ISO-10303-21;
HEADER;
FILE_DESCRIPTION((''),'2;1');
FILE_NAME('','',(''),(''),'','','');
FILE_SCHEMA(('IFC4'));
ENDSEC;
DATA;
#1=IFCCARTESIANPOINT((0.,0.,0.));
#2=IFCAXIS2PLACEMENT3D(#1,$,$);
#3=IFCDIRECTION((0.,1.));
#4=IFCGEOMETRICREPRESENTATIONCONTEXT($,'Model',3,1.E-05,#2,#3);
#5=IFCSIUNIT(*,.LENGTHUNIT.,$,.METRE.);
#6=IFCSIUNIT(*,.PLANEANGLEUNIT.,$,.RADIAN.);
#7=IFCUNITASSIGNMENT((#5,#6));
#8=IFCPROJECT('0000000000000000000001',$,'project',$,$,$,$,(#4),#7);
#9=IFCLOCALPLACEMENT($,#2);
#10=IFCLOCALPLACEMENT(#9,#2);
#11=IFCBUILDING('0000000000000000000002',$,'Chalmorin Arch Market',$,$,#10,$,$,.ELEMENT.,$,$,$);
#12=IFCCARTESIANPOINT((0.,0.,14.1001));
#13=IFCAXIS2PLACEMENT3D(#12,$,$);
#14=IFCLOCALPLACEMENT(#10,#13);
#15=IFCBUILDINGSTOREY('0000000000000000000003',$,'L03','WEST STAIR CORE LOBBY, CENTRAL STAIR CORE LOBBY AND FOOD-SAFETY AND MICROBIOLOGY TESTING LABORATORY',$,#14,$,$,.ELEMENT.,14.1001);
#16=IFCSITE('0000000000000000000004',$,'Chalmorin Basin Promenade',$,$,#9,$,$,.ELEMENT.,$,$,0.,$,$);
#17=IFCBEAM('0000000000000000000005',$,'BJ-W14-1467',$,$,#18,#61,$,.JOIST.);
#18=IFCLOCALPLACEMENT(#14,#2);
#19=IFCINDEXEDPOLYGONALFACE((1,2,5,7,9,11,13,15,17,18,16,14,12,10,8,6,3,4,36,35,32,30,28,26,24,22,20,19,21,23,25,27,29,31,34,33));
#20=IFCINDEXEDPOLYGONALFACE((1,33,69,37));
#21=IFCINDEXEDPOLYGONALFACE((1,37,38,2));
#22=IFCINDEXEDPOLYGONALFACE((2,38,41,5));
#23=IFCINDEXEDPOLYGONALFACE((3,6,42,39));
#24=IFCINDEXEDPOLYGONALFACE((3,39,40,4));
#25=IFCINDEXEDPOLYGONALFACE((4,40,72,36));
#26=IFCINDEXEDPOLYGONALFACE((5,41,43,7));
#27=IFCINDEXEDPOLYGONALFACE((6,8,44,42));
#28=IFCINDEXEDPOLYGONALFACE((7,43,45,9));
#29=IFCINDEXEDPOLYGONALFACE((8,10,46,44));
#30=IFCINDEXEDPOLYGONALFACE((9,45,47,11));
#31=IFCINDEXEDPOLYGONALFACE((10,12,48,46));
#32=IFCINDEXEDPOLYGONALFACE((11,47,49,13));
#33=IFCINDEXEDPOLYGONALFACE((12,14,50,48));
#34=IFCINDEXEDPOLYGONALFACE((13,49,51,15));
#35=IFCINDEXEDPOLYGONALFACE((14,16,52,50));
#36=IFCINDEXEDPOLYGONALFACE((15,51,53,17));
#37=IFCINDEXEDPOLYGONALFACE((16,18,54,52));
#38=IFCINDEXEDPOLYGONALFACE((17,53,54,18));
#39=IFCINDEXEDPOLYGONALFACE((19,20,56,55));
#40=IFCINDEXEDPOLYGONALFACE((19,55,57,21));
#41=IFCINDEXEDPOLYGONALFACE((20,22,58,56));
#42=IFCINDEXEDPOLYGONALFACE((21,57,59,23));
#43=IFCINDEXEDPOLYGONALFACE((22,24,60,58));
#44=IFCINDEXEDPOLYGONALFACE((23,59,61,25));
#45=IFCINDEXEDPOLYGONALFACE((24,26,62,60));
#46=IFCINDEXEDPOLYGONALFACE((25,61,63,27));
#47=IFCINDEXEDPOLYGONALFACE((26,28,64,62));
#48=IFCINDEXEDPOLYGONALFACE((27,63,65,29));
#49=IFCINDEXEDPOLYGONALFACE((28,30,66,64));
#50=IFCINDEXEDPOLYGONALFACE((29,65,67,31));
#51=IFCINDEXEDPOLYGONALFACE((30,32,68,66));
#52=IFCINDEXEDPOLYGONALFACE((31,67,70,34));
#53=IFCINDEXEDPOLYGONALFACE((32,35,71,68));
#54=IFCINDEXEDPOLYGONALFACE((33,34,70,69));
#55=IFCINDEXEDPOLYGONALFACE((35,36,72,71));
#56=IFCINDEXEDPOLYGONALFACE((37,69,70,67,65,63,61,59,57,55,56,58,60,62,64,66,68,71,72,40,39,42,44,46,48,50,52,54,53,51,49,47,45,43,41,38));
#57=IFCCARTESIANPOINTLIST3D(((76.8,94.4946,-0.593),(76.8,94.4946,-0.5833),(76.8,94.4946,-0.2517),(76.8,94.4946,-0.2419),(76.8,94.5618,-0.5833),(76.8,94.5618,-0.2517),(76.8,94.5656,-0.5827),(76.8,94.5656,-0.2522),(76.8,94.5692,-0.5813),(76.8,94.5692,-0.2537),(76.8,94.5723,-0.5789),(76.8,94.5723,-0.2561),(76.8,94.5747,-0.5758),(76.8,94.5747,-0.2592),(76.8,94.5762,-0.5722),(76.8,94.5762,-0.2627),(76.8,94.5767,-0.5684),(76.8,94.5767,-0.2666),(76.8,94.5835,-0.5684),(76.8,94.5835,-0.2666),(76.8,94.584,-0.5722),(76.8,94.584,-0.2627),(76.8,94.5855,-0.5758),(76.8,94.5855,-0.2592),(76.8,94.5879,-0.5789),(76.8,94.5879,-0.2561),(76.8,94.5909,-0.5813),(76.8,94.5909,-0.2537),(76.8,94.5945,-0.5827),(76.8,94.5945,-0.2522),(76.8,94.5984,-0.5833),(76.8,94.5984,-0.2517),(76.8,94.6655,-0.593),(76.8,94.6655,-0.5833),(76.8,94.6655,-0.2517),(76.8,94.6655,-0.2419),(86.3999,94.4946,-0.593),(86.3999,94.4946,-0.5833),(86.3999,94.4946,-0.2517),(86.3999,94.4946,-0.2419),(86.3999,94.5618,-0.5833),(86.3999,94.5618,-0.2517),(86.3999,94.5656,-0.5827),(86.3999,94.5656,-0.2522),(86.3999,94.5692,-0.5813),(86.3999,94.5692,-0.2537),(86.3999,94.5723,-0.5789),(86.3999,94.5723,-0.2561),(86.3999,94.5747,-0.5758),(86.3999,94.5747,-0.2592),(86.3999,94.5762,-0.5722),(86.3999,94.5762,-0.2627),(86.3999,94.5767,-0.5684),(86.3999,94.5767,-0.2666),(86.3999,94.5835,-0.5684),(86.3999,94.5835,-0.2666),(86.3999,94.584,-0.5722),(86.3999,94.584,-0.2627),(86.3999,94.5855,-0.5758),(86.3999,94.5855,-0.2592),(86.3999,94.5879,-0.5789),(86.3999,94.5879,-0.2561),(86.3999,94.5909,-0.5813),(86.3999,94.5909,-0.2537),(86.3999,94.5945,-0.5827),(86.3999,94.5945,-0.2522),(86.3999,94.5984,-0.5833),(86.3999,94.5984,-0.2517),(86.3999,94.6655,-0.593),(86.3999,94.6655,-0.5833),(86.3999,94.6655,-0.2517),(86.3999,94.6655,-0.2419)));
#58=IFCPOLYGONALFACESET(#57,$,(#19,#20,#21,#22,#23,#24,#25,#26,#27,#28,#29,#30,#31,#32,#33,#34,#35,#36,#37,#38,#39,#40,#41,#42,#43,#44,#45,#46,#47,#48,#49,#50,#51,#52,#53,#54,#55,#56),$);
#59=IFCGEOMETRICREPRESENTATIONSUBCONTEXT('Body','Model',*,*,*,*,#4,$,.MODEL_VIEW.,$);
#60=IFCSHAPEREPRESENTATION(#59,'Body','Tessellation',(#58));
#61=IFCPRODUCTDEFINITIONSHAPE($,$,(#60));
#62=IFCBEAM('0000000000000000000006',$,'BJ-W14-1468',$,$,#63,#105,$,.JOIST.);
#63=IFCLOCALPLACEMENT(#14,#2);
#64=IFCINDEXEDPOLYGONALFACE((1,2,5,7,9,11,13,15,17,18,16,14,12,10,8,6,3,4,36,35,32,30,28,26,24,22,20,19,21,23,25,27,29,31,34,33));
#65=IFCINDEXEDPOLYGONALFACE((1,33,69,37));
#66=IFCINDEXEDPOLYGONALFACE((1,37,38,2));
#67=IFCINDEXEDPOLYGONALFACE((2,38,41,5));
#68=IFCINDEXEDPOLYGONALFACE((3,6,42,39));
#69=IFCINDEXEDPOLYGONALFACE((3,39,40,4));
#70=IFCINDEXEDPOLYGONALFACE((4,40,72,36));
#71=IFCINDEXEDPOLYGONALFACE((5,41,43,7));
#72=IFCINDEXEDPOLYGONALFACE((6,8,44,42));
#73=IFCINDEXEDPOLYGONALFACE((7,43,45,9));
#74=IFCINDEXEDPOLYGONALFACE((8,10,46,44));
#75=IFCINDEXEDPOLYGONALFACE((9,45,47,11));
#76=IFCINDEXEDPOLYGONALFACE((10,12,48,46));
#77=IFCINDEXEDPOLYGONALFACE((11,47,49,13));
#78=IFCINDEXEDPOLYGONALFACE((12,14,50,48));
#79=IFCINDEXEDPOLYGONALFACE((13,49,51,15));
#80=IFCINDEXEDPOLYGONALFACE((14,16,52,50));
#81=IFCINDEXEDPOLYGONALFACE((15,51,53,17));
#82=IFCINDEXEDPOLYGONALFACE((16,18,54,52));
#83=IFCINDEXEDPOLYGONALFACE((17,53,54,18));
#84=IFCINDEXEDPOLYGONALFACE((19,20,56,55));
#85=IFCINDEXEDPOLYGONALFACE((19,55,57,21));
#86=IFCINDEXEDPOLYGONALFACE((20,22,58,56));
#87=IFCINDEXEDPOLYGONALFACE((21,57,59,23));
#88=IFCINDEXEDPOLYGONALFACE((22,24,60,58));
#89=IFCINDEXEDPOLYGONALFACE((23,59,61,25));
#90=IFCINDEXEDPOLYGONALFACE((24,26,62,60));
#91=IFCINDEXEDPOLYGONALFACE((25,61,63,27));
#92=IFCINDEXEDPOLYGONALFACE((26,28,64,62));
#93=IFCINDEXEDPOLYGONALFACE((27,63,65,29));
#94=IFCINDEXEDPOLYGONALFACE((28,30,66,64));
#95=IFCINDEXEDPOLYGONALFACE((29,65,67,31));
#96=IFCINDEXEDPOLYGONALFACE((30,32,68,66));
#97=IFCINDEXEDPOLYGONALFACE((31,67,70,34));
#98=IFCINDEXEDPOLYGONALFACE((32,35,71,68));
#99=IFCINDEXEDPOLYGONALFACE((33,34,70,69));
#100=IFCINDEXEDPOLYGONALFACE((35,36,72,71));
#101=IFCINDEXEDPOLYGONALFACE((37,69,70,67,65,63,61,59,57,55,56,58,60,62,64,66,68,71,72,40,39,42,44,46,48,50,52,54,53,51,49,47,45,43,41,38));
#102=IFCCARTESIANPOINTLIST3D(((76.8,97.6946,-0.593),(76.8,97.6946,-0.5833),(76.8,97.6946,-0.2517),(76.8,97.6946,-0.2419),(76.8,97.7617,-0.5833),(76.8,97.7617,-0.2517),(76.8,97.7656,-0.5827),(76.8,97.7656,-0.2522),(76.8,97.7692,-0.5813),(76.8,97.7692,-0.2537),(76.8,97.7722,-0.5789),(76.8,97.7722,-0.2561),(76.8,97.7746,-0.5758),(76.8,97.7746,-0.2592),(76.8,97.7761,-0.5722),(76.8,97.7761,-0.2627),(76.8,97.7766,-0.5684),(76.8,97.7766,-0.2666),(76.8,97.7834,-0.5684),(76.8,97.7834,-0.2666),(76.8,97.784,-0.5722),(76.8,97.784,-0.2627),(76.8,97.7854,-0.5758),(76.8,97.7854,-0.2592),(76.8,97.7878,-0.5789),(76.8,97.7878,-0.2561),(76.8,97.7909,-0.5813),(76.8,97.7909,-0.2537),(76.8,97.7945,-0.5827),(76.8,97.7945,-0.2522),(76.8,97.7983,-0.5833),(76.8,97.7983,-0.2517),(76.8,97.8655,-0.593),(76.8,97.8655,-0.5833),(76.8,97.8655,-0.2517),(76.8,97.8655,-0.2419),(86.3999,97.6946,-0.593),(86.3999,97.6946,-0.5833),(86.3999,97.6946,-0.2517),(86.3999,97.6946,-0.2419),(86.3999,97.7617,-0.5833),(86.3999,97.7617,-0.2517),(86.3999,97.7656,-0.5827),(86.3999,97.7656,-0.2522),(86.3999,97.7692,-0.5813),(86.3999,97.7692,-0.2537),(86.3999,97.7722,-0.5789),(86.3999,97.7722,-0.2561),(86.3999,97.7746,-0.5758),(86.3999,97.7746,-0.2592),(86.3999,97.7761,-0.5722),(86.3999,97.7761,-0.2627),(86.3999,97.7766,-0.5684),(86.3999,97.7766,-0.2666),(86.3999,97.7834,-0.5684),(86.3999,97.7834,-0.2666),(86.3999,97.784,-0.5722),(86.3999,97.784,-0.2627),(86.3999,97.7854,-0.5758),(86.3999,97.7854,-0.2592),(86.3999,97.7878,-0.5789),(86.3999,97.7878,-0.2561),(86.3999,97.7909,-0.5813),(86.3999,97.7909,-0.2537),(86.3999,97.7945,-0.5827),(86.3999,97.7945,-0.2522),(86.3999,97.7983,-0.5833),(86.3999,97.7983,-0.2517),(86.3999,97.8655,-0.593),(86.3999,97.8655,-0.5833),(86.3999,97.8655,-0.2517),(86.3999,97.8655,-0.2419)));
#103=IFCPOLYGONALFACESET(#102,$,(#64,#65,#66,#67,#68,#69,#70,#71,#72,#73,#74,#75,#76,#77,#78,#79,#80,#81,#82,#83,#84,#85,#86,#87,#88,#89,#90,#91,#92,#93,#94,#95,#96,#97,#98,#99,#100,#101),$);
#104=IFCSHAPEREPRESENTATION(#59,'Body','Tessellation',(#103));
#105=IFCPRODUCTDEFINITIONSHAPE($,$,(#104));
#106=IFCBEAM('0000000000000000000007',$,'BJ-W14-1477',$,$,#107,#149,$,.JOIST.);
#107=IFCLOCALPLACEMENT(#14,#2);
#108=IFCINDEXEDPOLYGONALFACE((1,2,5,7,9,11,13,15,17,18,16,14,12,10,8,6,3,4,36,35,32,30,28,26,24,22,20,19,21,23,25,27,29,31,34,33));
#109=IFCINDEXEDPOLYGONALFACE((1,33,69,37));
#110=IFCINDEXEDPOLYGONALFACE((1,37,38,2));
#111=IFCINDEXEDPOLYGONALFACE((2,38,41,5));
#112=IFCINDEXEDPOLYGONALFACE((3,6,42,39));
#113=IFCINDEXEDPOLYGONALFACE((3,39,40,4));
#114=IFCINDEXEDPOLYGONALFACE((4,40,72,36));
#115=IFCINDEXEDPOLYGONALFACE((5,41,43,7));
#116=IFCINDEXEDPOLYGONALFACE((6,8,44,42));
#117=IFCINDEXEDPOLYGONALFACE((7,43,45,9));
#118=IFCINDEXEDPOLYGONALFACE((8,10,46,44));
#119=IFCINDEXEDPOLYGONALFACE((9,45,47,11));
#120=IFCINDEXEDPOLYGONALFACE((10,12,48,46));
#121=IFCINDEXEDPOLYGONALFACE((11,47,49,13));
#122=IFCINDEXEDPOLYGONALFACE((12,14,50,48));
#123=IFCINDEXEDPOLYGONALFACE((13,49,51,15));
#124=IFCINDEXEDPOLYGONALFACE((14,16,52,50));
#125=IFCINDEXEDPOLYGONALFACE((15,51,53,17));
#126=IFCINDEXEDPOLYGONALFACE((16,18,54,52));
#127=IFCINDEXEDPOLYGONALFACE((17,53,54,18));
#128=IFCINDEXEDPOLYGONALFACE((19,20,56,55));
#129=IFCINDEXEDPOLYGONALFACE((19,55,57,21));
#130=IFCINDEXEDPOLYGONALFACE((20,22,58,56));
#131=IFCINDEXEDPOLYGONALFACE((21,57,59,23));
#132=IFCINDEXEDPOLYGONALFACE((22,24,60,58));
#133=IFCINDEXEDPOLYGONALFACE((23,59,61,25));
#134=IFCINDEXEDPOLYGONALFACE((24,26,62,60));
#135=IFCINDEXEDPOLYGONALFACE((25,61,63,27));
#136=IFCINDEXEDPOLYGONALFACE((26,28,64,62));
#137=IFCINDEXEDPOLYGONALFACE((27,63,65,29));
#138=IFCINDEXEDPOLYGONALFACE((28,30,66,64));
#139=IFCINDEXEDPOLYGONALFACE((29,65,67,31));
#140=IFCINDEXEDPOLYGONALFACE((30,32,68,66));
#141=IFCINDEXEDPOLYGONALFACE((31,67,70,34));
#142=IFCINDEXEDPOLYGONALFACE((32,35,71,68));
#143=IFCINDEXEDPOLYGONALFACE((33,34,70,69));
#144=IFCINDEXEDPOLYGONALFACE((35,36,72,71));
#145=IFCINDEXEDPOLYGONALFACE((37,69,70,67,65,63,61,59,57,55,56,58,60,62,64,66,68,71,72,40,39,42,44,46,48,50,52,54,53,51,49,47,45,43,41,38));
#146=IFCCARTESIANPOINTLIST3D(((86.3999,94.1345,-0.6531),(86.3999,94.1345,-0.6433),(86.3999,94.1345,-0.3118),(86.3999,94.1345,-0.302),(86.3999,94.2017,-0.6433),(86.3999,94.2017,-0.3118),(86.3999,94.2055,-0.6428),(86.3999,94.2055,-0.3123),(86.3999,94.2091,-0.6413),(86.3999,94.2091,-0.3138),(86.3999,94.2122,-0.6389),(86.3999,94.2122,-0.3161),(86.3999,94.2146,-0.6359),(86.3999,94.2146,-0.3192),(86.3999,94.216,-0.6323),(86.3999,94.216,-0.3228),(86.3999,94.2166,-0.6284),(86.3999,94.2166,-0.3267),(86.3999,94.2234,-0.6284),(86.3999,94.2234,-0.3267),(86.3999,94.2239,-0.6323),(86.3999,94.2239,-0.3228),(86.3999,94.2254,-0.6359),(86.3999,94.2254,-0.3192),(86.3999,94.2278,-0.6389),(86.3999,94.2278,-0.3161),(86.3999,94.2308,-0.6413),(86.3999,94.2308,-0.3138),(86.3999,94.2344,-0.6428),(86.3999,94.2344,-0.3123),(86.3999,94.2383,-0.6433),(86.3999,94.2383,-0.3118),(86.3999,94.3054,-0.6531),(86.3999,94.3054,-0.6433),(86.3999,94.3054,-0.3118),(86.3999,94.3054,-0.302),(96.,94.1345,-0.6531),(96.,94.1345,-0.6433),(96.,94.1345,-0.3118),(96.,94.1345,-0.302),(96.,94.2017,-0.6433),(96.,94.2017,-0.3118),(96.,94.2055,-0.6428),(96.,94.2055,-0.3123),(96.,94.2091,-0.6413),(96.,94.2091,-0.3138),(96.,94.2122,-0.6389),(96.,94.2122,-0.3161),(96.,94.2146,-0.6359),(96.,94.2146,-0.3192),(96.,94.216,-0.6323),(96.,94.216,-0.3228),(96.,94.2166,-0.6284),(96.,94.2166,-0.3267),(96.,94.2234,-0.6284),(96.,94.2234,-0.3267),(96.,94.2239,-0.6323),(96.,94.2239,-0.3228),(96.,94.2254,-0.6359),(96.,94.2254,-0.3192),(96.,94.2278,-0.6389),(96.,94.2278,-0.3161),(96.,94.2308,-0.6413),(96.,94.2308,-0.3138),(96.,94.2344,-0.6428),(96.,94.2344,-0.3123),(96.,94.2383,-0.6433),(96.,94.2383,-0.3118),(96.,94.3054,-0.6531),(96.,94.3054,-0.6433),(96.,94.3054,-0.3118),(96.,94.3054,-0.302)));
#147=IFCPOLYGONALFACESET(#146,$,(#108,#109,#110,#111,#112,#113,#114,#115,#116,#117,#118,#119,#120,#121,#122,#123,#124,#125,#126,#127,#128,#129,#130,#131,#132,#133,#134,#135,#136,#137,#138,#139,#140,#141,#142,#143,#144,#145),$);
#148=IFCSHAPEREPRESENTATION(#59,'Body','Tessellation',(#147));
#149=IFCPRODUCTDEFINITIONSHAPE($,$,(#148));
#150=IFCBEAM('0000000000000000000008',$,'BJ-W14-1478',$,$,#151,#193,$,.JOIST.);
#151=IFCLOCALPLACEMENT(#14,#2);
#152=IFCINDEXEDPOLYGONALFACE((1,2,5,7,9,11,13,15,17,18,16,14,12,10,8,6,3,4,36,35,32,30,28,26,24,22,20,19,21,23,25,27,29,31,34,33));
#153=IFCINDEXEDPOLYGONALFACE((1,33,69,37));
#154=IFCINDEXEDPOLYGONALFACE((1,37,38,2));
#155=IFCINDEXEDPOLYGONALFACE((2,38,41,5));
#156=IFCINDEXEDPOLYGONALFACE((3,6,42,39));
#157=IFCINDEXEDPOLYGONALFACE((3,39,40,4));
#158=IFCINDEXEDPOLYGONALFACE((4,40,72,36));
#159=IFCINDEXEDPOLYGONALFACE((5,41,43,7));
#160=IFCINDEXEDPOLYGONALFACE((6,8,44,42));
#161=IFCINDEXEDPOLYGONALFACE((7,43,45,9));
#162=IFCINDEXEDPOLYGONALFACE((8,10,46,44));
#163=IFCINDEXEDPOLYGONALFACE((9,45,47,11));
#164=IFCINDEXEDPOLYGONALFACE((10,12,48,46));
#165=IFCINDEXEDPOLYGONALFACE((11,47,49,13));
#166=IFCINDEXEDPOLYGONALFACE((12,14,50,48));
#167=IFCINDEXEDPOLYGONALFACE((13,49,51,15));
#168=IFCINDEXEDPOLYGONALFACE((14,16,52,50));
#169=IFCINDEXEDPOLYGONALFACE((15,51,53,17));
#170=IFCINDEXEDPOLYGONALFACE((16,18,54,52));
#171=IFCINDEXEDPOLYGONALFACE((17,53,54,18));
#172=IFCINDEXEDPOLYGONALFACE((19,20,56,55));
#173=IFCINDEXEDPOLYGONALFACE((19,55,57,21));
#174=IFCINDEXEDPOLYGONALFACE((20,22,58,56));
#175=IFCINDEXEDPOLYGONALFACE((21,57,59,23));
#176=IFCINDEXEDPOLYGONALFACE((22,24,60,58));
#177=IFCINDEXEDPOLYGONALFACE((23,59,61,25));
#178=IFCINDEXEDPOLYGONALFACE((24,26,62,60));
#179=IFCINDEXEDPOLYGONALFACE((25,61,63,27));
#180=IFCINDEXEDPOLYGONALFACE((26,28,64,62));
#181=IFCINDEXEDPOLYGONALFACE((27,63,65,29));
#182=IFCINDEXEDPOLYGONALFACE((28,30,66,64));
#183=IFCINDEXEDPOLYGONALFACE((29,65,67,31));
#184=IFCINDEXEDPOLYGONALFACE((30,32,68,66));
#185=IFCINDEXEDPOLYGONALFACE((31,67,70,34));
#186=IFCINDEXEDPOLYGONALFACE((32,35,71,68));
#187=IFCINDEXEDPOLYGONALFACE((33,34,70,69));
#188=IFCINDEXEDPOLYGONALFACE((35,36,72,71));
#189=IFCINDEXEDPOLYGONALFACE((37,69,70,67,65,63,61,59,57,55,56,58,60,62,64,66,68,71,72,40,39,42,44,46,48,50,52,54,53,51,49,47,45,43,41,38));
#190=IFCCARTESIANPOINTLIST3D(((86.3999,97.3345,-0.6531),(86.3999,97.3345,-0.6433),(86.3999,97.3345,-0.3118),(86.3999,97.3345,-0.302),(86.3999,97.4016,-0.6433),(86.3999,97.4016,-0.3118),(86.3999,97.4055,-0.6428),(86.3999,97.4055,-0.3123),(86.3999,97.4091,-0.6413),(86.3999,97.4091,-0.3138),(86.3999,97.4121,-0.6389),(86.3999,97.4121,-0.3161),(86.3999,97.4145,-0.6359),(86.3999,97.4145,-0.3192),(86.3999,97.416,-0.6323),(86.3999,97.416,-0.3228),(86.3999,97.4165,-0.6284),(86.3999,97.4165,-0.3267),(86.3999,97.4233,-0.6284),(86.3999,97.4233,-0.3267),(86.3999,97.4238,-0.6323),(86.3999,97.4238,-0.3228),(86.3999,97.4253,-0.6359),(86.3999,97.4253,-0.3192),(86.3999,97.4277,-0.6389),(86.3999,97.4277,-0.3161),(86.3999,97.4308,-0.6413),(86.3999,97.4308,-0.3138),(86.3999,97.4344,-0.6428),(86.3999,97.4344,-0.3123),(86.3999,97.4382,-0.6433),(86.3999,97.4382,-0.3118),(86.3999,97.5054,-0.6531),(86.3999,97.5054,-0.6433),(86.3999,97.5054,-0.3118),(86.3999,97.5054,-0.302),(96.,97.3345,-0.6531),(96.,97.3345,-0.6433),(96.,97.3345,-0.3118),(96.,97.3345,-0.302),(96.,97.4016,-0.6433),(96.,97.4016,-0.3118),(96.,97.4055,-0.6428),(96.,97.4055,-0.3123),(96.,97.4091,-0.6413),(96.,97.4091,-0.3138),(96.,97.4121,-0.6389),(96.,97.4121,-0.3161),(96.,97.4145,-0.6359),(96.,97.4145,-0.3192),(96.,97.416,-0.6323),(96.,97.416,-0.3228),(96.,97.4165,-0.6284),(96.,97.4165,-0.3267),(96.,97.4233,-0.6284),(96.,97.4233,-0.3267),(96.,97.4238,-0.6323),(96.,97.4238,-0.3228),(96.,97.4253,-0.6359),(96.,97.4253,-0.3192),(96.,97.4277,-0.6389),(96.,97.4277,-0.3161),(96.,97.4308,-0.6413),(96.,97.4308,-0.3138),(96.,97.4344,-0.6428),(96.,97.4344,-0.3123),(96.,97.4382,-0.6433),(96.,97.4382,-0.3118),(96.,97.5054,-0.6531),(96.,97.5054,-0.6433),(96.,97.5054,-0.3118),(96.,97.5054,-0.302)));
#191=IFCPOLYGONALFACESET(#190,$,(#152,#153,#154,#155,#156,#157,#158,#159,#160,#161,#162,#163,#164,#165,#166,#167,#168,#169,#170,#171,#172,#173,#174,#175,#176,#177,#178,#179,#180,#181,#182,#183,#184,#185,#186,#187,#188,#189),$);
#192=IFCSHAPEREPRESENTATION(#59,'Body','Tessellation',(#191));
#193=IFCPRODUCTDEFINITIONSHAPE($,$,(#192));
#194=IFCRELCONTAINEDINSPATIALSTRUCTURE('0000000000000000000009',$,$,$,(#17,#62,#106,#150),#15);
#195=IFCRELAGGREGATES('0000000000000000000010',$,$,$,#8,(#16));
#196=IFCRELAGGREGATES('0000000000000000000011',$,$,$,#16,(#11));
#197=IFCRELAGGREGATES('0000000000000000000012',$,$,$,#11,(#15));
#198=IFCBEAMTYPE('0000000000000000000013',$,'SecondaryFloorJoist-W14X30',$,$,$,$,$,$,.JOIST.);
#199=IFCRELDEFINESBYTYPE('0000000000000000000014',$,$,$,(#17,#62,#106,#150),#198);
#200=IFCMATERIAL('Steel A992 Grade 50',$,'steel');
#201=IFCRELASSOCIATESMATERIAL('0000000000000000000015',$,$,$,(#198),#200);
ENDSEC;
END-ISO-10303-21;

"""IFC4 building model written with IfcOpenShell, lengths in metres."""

from ifc_helpers import new_model, si_unit, direction, frame, origin, origin_2d, place, context, subcontext, project, spatial, i_section, extrude, material, material_profile, profile_set, type_object, element, save


model = new_model("IFC4")

# Units and contexts
model_context = context("Model", 3, precision=1e-05, world=origin(), true_north=direction((0.0, 1.0)))
body_context = subcontext(model_context, "Body", "Model", "MODEL_VIEW")
ifc_project = project(units=[si_unit("LENGTHUNIT", "METRE"), si_unit("PLANEANGLEUNIT", "RADIAN")], contexts=[model_context])

# Site, building, storey
site_placement = place(None, origin())
site = spatial("IfcSite", under=ifc_project, at=site_placement, Name="Chalmorin Basin Promenade", CompositionType="ELEMENT", RefElevation=0.0)
building_placement = place(site_placement, origin())
building = spatial("IfcBuilding", under=site, at=building_placement, Name="Chalmorin Arch Market", CompositionType="ELEMENT")
storey_placement = place(building_placement, frame((0.0, 0.0, 14.1001)))
storey = spatial("IfcBuildingStorey", under=building, at=storey_placement, Name="L03", Description="WEST STAIR CORE LOBBY, CENTRAL STAIR CORE LOBBY AND FOOD-SAFETY AND MICROBIOLOGY TESTING LABORATORY", CompositionType="ELEMENT", Elevation=14.1001)

# Shared definitions
ifc_material_1 = material(Name="Steel A992 Grade 50", Category="steel")

# Beams
ifc_material_profile_1 = material_profile(ifc_material_1, i_section(OverallWidth=0.1709, OverallDepth=0.3511, WebThickness=0.0068, FlangeThickness=0.0098, FilletRadius=0.0149, at=origin_2d()), Name="W14X30")
ifc_profile_set_1 = profile_set([ifc_material_profile_1], Name="Steel A992 Grade 50")
beam_type_1 = type_object("IfcBeamType", Name="SecondaryFloorJoist-W14X30", PredefinedType="JOIST", material=ifc_profile_set_1)
for number, where, z_axis, x_axis, name in (
    (1, (76.8, 94.5801, -0.4175), (1.0, 0.0, 0.0), (0.0, 1.0, 0.0), "BJ-W14-1467"),
    (2, (76.8, 97.78, -0.4175), (1.0, 0.0, 0.0), (0.0, 1.0, 0.0), "BJ-W14-1468"),
):
    element("IfcBeam", number, at=place(storey_placement, frame(where, z_axis=z_axis, x_axis=x_axis)), inside=storey, type_object=beam_type_1, Name=name, PredefinedType="JOIST", context=body_context, shape_type="SweptSolid", body=[
        extrude(i_section(OverallWidth=0.1709, OverallDepth=0.3511, WebThickness=0.0068, FlangeThickness=0.0098, FilletRadius=0.0149, at=origin_2d()), origin(), (0.0, 0.0, 1.0), 9.5999),
    ])
for number, where, z_axis, x_axis, name in (
    (3, (86.3999, 94.22, -0.4775), (1.0, 0.0, 0.0), (0.0, 1.0, 0.0), "BJ-W14-1477"),
    (4, (86.3999, 97.4199, -0.4775), (1.0, 0.0, 0.0), (0.0, 1.0, 0.0), "BJ-W14-1478"),
):
    element("IfcBeam", number, at=place(storey_placement, frame(where, z_axis=z_axis, x_axis=x_axis)), inside=storey, type_object=beam_type_1, Name=name, PredefinedType="JOIST", context=body_context, shape_type="SweptSolid", body=[
        extrude(i_section(OverallWidth=0.1709, OverallDepth=0.3511, WebThickness=0.0068, FlangeThickness=0.0098, FilletRadius=0.0149, at=origin_2d()), origin(), (0.0, 0.0, 1.0), 9.6001),
    ])

save(model, "model.ifc")
